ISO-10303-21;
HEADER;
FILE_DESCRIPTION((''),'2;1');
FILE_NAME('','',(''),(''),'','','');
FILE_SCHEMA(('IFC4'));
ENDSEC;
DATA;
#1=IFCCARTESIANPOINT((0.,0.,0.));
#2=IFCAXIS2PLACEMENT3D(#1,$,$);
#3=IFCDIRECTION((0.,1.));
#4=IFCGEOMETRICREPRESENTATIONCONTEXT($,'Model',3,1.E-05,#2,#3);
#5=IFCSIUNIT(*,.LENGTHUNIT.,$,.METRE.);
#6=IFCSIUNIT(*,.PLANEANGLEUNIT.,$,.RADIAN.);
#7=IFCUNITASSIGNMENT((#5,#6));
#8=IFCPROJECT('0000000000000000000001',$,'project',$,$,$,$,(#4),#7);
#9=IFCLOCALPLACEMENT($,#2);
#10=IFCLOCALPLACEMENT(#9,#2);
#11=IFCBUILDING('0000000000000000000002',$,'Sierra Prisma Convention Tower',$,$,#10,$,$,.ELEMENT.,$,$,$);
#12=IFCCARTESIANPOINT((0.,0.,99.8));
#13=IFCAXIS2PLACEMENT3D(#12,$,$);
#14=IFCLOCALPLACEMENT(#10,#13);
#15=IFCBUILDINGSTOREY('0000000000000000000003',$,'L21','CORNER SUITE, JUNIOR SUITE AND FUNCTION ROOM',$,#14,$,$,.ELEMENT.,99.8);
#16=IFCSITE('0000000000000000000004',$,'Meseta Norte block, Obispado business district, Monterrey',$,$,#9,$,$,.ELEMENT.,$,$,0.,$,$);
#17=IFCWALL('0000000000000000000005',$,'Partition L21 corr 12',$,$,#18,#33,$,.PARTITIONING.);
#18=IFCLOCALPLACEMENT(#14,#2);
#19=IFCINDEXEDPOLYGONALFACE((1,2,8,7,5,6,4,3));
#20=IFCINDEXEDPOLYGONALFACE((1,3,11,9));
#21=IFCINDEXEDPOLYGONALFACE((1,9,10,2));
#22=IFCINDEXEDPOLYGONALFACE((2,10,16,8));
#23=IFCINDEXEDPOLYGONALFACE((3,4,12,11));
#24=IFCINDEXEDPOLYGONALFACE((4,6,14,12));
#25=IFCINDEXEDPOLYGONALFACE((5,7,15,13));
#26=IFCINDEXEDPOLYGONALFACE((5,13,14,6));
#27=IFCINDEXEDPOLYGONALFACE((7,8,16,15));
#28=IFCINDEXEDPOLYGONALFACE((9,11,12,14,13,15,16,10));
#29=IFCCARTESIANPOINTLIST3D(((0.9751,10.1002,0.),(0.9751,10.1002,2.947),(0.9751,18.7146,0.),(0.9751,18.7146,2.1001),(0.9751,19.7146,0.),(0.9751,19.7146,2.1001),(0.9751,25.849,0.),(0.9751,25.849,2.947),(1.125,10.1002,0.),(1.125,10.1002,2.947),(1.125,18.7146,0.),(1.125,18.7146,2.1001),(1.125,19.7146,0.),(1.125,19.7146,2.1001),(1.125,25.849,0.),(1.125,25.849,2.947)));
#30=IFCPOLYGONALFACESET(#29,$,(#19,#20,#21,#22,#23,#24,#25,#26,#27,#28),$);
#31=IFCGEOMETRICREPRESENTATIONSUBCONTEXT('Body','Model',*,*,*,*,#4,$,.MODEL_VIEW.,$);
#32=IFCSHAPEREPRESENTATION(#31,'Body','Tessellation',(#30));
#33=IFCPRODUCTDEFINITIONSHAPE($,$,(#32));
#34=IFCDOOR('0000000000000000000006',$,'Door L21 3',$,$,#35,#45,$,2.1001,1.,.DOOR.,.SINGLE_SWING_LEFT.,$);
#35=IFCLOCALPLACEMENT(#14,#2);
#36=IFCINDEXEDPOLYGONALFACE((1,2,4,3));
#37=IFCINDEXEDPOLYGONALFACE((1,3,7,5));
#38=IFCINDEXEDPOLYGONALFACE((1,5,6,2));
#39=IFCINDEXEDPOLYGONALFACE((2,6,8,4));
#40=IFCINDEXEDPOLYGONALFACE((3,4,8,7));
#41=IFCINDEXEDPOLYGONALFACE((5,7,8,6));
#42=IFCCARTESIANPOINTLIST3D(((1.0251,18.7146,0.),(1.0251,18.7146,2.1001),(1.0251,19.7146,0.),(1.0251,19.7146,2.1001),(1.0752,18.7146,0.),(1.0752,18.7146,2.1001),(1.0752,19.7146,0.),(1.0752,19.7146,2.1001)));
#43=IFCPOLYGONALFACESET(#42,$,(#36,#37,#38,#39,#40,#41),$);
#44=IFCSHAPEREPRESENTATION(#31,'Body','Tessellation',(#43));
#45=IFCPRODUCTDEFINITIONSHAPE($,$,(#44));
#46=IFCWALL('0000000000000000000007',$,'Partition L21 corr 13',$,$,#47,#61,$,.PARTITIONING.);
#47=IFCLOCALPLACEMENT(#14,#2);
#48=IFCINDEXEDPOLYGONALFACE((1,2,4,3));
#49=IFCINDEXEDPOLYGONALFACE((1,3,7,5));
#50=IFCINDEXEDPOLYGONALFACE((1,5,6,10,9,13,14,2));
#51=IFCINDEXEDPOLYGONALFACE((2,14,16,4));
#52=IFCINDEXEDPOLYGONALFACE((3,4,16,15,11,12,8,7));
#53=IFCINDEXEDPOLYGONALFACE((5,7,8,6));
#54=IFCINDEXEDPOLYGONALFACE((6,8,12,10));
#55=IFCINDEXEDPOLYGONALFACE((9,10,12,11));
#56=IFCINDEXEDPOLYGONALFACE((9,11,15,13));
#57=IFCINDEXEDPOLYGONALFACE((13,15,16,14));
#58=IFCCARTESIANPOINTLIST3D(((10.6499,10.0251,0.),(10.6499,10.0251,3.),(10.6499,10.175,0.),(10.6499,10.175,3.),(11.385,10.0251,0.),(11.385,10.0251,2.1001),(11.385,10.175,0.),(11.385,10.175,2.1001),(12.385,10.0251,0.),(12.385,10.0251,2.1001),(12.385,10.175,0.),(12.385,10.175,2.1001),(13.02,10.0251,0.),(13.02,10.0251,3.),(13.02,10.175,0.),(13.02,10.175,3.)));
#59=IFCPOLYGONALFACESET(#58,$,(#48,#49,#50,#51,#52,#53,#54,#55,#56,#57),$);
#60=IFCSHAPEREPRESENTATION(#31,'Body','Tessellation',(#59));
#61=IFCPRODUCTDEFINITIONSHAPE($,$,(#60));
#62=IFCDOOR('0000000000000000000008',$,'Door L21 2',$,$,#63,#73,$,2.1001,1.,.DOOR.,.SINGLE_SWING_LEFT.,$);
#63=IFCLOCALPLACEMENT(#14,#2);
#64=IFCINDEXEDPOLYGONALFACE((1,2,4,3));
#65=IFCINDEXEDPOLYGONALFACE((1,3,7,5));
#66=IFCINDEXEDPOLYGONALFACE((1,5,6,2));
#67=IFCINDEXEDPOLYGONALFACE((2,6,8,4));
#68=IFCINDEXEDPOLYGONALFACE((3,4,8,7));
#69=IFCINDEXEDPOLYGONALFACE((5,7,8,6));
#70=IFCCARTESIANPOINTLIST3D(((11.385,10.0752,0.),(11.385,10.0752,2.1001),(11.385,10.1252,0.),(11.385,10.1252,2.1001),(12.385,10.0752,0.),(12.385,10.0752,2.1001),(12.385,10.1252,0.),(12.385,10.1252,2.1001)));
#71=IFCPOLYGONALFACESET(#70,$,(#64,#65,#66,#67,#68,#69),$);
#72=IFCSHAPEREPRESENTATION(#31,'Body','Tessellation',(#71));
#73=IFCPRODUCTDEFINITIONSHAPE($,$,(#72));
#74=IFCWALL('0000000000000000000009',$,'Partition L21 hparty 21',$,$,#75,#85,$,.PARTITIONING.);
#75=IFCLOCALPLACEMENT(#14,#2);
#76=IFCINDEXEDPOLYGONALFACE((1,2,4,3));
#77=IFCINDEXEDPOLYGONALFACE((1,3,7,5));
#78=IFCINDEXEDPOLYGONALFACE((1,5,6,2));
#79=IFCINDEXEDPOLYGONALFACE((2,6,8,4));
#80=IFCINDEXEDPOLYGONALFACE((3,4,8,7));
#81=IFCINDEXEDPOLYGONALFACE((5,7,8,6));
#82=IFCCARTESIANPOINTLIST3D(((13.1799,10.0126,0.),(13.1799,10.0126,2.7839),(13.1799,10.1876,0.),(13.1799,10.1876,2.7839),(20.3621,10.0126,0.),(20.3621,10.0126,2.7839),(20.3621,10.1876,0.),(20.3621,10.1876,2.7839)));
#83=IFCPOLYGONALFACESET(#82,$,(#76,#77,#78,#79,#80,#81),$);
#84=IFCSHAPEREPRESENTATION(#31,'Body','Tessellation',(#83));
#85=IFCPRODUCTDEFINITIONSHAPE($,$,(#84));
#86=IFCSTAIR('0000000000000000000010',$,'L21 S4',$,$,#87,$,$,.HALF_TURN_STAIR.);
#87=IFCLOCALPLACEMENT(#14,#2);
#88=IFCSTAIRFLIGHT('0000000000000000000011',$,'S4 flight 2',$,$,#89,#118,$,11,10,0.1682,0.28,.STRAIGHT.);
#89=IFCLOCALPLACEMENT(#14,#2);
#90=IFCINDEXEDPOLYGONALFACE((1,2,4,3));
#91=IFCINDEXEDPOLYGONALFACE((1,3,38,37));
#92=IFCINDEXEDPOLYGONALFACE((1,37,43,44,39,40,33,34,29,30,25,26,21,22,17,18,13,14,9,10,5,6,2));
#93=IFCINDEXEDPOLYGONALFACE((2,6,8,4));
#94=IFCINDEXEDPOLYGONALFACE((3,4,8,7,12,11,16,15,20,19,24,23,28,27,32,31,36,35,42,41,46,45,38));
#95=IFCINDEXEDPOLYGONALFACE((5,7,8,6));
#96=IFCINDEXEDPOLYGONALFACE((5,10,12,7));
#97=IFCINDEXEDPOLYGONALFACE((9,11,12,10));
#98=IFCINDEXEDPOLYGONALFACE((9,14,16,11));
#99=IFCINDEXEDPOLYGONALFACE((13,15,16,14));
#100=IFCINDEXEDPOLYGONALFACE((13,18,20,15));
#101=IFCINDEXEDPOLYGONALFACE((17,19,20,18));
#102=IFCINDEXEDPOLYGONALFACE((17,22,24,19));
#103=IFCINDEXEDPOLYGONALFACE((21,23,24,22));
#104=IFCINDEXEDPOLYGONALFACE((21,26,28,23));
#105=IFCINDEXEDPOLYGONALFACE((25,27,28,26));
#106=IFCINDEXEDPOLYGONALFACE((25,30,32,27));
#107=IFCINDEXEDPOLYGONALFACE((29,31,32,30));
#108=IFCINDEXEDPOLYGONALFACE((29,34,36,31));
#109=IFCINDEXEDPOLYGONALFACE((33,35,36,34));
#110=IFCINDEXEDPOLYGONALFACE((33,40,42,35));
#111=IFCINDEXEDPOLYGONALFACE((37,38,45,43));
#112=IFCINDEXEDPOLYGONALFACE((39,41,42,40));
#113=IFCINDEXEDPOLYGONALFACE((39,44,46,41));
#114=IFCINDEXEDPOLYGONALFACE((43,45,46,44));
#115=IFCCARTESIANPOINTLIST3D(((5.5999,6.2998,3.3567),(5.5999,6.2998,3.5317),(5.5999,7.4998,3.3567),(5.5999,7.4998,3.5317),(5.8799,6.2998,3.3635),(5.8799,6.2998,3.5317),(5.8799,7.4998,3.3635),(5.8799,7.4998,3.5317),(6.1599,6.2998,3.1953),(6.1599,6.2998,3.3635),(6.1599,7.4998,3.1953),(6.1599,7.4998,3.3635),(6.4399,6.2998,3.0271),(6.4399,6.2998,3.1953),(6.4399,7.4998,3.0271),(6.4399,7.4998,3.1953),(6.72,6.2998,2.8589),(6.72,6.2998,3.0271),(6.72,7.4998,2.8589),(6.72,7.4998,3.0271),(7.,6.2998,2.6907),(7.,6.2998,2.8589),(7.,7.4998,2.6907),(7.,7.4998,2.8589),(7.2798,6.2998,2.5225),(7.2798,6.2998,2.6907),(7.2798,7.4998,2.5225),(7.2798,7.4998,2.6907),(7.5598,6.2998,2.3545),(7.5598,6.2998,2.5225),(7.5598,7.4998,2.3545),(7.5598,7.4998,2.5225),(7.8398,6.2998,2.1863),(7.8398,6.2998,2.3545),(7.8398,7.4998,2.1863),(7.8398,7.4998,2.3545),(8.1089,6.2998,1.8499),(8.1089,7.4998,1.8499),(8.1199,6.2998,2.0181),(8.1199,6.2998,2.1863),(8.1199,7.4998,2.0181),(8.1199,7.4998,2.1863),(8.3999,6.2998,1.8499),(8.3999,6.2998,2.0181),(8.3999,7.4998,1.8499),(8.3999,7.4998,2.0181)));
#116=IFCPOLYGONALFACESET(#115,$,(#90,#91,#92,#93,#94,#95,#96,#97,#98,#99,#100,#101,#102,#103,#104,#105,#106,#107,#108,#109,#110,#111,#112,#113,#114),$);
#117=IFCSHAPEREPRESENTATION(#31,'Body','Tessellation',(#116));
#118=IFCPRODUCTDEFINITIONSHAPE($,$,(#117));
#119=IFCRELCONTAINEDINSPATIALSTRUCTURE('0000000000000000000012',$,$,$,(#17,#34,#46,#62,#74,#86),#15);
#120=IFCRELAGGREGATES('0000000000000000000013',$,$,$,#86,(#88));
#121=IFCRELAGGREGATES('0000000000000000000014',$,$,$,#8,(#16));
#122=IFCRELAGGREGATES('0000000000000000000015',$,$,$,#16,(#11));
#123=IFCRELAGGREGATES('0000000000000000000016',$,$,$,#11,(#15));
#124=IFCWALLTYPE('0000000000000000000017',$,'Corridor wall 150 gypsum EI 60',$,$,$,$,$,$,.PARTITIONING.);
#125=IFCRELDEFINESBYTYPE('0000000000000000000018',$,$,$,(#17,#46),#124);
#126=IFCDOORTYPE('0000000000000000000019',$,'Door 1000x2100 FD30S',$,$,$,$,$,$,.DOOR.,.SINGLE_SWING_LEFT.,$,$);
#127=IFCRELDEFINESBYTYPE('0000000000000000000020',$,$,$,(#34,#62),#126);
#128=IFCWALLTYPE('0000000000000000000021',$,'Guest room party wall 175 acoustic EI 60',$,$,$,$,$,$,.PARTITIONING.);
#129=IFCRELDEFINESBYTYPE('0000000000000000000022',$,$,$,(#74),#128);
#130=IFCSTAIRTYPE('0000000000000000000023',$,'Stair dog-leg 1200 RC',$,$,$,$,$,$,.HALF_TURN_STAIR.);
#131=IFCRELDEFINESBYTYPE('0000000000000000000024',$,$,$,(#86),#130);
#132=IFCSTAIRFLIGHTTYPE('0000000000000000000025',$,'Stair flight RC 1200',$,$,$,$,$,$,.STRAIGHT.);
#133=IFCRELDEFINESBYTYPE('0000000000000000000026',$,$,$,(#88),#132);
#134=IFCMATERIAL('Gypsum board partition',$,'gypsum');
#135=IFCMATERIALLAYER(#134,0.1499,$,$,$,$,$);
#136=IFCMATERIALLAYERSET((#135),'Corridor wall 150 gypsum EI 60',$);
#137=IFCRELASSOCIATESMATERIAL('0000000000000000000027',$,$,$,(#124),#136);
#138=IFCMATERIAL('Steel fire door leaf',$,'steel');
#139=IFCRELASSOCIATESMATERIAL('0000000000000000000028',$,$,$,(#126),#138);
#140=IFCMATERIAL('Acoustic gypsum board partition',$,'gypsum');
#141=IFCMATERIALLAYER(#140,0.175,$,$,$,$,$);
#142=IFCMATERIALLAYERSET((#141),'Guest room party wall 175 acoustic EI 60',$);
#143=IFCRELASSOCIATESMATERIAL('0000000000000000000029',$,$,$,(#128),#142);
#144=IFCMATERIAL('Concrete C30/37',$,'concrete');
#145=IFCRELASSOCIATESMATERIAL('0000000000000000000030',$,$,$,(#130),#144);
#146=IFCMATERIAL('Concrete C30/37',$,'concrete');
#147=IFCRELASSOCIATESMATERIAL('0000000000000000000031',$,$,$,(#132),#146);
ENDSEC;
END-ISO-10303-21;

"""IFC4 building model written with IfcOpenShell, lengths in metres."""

from ifc_helpers import new_model, si_unit, direction, frame, frame_2d, origin, place, context, subcontext, project, spatial, polyline, rectangle, outline, extrude, material, layer, layer_set, type_object, element, fill, aggregate, save


model = new_model("IFC4")

# Units and contexts
model_context = context("Model", 3, precision=1e-05, world=origin(), true_north=direction((0.0, 1.0)))
body_context = subcontext(model_context, "Body", "Model", "MODEL_VIEW")
ifc_project = project(units=[si_unit("LENGTHUNIT", "METRE"), si_unit("PLANEANGLEUNIT", "RADIAN")], contexts=[model_context])

# Site, building, storey
site_placement = place(None, origin())
site = spatial("IfcSite", under=ifc_project, at=site_placement, Name="Meseta Norte block, Obispado business district, Monterrey", CompositionType="ELEMENT", RefElevation=0.0)
building_placement = place(site_placement, origin())
building = spatial("IfcBuilding", under=site, at=building_placement, Name="Sierra Prisma Convention Tower", CompositionType="ELEMENT")
storey_placement = place(building_placement, frame((0.0, 0.0, 99.8)))
storey = spatial("IfcBuildingStorey", under=building, at=storey_placement, Name="L21", Description="CORNER SUITE, JUNIOR SUITE AND FUNCTION ROOM", CompositionType="ELEMENT", Elevation=99.8)

# Shared definitions
ifc_material_1 = material(Name="Gypsum board partition", Category="gypsum")
ifc_layer_1 = layer(ifc_material_1, 0.1499)
ifc_layer_set_1 = layer_set([ifc_layer_1], Name="Corridor wall 150 gypsum EI 60")
wall_type_1 = type_object("IfcWallType", Name="Corridor wall 150 gypsum EI 60", PredefinedType="PARTITIONING", material=ifc_layer_set_1)

# Walls, openings, doors
wall_1_placement = place(storey_placement, frame((1.05, 10.1001, 0.0), z_axis=(0.0, 0.0, 1.0), x_axis=(0.0, 1.0, 0.0)))
wall_1 = element("IfcWall", 1, at=wall_1_placement, inside=storey, type_object=wall_type_1, Name="Partition L21 corr 12", PredefinedType="PARTITIONING", context=body_context, shape_type="SweptSolid", body=[
    extrude(rectangle(XDim=15.7488, YDim=0.1499, at=frame_2d((7.8745, 0.0))), origin(), (0.0, 0.0, 1.0), 2.947),
])
opening_1_placement = place(wall_1_placement, frame((8.6145, 0.0, 0.0)))
opening_1 = element("IfcOpeningElement", 2, at=opening_1_placement, cuts=wall_1, PredefinedType="OPENING", context=body_context, shape_type="SweptSolid", body=[
    extrude(rectangle(XDim=1.0, YDim=2.1001, at=frame_2d((0.5, 1.05))), frame((0.0, 0.075, 0.0), z_axis=(0.0, -1.0, 0.0), x_axis=(1.0, 0.0, 0.0)), (0.0, 0.0, 1.0), 0.1499),
])
ifc_material_2 = material(Name="Steel fire door leaf", Category="steel")
door_type_1 = type_object("IfcDoorType", Name="Door 1000x2100 FD30S", OperationType="SINGLE_SWING_LEFT", PredefinedType="DOOR", material=ifc_material_2)
door_1_placement = place(opening_1_placement, origin())
door_1 = element("IfcDoor", 3, at=door_1_placement, inside=storey, type_object=door_type_1, Name="Door L21 3", OperationType="SINGLE_SWING_LEFT", OverallHeight=2.1001, OverallWidth=1.0, PredefinedType="DOOR", context=body_context, shape_type="SweptSolid", body=[
    extrude(rectangle(XDim=1.0, YDim=2.1001, at=frame_2d((0.5, 1.05))), frame((0.0, 0.0249, 0.0), z_axis=(0.0, -1.0, 0.0), x_axis=(1.0, 0.0, 0.0)), (0.0, 0.0, 1.0), 0.05),
])
fill(opening_1, door_1)
wall_2_placement = place(storey_placement, frame((13.02, 10.1001, 0.0), z_axis=(0.0, 0.0, 1.0), x_axis=(-1.0, 0.0, 0.0)))
wall_2 = element("IfcWall", 4, at=wall_2_placement, inside=storey, type_object=wall_type_1, Name="Partition L21 corr 13", PredefinedType="PARTITIONING", context=body_context, shape_type="SweptSolid", body=[
    extrude(rectangle(XDim=2.3701, YDim=0.1499, at=frame_2d((1.1851, 0.0))), origin(), (0.0, 0.0, 1.0), 3.0),
])
opening_2_placement = place(wall_2_placement, frame((0.635, 0.0, 0.0)))
opening_2 = element("IfcOpeningElement", 5, at=opening_2_placement, cuts=wall_2, PredefinedType="OPENING", context=body_context, shape_type="SweptSolid", body=[
    extrude(rectangle(XDim=1.0, YDim=2.1001, at=frame_2d((0.5, 1.05))), frame((0.0, 0.075, 0.0), z_axis=(0.0, -1.0, 0.0), x_axis=(1.0, 0.0, 0.0)), (0.0, 0.0, 1.0), 0.1499),
])
door_2_placement = place(opening_2_placement, origin())
door_2 = element("IfcDoor", 6, at=door_2_placement, inside=storey, type_object=door_type_1, Name="Door L21 2", OperationType="SINGLE_SWING_LEFT", OverallHeight=2.1001, OverallWidth=1.0, PredefinedType="DOOR", context=body_context, shape_type="SweptSolid", body=[
    extrude(rectangle(XDim=1.0, YDim=2.1001, at=frame_2d((0.5, 1.05))), frame((0.0, 0.0249, 0.0), z_axis=(0.0, -1.0, 0.0), x_axis=(1.0, 0.0, 0.0)), (0.0, 0.0, 1.0), 0.05),
])
fill(opening_2, door_2)

# Wall
ifc_material_3 = material(Name="Acoustic gypsum board partition", Category="gypsum")
ifc_layer_2 = layer(ifc_material_3, 0.175)
ifc_layer_set_2 = layer_set([ifc_layer_2], Name="Guest room party wall 175 acoustic EI 60")
wall_type_2 = type_object("IfcWallType", Name="Guest room party wall 175 acoustic EI 60", PredefinedType="PARTITIONING", material=ifc_layer_set_2)
wall_3_placement = place(storey_placement, frame((13.1799, 10.1001, 0.0), z_axis=(0.0, 0.0, 1.0), x_axis=(1.0, 0.0, 0.0)))
element("IfcWall", 7, at=wall_3_placement, inside=storey, type_object=wall_type_2, Name="Partition L21 hparty 21", PredefinedType="PARTITIONING", context=body_context, shape_type="SweptSolid", body=[
    extrude(rectangle(XDim=7.1821, YDim=0.175, at=frame_2d((3.5911, 0.0))), origin(), (0.0, 0.0, 1.0), 2.7839),
])

# Stair, stair flight
ifc_material_4 = material(Name="Concrete C30/37", Category="concrete")
stair_type = type_object("IfcStairType", Name="Stair dog-leg 1200 RC", PredefinedType="HALF_TURN_STAIR", material=ifc_material_4)
stair_placement = place(storey_placement, origin())
stair = element("IfcStair", 8, at=stair_placement, inside=storey, type_object=stair_type, Name="L21 S4", PredefinedType="HALF_TURN_STAIR")
ifc_material_5 = material(Name="Concrete C30/37", Category="concrete")
stair_flight_type = type_object("IfcStairFlightType", Name="Stair flight RC 1200", PredefinedType="STRAIGHT", material=ifc_material_5)
stair_flight_placement = place(storey_placement, frame((8.3999, 6.8999, 1.8499), z_axis=(0.0, 0.0, 1.0), x_axis=(-1.0, 0.0, 0.0)))
stair_flight = element("IfcStairFlight", 9, at=stair_flight_placement, type_object=stair_flight_type, Name="S4 flight 2", NumberOfRisers=11, NumberOfTreads=10, PredefinedType="STRAIGHT", RiserHeight=0.1682, TreadLength=0.28, context=body_context, shape_type="SweptSolid", body=[
    extrude(outline(polyline([(0.0, 0.0), (0.0, 0.1682), (0.28, 0.1682), (0.28, 0.3364), (0.5601, 0.3364), (0.5601, 0.5046), (0.8401, 0.5046), (0.8401, 0.6726), (1.1201, 0.6726), (1.1201, 0.8408), (1.3999, 0.8408), (1.3999, 1.009), (1.6799, 1.009), (1.6799, 1.1772), (1.96, 1.1772), (1.96, 1.3455), (2.24, 1.3455), (2.24, 1.5137), (2.52, 1.5137), (2.52, 1.6819), (2.8, 1.6819), (2.8, 1.8501), (2.8, 1.5068), (0.291, 0.0), (0.0, 0.0)])), frame((0.0, 0.6001, 0.0), z_axis=(0.0, -1.0, 0.0), x_axis=(1.0, 0.0, 0.0)), (0.0, 0.0, 1.0), 1.2),
])
aggregate(stair, [stair_flight])

save(model, "model.ifc")
